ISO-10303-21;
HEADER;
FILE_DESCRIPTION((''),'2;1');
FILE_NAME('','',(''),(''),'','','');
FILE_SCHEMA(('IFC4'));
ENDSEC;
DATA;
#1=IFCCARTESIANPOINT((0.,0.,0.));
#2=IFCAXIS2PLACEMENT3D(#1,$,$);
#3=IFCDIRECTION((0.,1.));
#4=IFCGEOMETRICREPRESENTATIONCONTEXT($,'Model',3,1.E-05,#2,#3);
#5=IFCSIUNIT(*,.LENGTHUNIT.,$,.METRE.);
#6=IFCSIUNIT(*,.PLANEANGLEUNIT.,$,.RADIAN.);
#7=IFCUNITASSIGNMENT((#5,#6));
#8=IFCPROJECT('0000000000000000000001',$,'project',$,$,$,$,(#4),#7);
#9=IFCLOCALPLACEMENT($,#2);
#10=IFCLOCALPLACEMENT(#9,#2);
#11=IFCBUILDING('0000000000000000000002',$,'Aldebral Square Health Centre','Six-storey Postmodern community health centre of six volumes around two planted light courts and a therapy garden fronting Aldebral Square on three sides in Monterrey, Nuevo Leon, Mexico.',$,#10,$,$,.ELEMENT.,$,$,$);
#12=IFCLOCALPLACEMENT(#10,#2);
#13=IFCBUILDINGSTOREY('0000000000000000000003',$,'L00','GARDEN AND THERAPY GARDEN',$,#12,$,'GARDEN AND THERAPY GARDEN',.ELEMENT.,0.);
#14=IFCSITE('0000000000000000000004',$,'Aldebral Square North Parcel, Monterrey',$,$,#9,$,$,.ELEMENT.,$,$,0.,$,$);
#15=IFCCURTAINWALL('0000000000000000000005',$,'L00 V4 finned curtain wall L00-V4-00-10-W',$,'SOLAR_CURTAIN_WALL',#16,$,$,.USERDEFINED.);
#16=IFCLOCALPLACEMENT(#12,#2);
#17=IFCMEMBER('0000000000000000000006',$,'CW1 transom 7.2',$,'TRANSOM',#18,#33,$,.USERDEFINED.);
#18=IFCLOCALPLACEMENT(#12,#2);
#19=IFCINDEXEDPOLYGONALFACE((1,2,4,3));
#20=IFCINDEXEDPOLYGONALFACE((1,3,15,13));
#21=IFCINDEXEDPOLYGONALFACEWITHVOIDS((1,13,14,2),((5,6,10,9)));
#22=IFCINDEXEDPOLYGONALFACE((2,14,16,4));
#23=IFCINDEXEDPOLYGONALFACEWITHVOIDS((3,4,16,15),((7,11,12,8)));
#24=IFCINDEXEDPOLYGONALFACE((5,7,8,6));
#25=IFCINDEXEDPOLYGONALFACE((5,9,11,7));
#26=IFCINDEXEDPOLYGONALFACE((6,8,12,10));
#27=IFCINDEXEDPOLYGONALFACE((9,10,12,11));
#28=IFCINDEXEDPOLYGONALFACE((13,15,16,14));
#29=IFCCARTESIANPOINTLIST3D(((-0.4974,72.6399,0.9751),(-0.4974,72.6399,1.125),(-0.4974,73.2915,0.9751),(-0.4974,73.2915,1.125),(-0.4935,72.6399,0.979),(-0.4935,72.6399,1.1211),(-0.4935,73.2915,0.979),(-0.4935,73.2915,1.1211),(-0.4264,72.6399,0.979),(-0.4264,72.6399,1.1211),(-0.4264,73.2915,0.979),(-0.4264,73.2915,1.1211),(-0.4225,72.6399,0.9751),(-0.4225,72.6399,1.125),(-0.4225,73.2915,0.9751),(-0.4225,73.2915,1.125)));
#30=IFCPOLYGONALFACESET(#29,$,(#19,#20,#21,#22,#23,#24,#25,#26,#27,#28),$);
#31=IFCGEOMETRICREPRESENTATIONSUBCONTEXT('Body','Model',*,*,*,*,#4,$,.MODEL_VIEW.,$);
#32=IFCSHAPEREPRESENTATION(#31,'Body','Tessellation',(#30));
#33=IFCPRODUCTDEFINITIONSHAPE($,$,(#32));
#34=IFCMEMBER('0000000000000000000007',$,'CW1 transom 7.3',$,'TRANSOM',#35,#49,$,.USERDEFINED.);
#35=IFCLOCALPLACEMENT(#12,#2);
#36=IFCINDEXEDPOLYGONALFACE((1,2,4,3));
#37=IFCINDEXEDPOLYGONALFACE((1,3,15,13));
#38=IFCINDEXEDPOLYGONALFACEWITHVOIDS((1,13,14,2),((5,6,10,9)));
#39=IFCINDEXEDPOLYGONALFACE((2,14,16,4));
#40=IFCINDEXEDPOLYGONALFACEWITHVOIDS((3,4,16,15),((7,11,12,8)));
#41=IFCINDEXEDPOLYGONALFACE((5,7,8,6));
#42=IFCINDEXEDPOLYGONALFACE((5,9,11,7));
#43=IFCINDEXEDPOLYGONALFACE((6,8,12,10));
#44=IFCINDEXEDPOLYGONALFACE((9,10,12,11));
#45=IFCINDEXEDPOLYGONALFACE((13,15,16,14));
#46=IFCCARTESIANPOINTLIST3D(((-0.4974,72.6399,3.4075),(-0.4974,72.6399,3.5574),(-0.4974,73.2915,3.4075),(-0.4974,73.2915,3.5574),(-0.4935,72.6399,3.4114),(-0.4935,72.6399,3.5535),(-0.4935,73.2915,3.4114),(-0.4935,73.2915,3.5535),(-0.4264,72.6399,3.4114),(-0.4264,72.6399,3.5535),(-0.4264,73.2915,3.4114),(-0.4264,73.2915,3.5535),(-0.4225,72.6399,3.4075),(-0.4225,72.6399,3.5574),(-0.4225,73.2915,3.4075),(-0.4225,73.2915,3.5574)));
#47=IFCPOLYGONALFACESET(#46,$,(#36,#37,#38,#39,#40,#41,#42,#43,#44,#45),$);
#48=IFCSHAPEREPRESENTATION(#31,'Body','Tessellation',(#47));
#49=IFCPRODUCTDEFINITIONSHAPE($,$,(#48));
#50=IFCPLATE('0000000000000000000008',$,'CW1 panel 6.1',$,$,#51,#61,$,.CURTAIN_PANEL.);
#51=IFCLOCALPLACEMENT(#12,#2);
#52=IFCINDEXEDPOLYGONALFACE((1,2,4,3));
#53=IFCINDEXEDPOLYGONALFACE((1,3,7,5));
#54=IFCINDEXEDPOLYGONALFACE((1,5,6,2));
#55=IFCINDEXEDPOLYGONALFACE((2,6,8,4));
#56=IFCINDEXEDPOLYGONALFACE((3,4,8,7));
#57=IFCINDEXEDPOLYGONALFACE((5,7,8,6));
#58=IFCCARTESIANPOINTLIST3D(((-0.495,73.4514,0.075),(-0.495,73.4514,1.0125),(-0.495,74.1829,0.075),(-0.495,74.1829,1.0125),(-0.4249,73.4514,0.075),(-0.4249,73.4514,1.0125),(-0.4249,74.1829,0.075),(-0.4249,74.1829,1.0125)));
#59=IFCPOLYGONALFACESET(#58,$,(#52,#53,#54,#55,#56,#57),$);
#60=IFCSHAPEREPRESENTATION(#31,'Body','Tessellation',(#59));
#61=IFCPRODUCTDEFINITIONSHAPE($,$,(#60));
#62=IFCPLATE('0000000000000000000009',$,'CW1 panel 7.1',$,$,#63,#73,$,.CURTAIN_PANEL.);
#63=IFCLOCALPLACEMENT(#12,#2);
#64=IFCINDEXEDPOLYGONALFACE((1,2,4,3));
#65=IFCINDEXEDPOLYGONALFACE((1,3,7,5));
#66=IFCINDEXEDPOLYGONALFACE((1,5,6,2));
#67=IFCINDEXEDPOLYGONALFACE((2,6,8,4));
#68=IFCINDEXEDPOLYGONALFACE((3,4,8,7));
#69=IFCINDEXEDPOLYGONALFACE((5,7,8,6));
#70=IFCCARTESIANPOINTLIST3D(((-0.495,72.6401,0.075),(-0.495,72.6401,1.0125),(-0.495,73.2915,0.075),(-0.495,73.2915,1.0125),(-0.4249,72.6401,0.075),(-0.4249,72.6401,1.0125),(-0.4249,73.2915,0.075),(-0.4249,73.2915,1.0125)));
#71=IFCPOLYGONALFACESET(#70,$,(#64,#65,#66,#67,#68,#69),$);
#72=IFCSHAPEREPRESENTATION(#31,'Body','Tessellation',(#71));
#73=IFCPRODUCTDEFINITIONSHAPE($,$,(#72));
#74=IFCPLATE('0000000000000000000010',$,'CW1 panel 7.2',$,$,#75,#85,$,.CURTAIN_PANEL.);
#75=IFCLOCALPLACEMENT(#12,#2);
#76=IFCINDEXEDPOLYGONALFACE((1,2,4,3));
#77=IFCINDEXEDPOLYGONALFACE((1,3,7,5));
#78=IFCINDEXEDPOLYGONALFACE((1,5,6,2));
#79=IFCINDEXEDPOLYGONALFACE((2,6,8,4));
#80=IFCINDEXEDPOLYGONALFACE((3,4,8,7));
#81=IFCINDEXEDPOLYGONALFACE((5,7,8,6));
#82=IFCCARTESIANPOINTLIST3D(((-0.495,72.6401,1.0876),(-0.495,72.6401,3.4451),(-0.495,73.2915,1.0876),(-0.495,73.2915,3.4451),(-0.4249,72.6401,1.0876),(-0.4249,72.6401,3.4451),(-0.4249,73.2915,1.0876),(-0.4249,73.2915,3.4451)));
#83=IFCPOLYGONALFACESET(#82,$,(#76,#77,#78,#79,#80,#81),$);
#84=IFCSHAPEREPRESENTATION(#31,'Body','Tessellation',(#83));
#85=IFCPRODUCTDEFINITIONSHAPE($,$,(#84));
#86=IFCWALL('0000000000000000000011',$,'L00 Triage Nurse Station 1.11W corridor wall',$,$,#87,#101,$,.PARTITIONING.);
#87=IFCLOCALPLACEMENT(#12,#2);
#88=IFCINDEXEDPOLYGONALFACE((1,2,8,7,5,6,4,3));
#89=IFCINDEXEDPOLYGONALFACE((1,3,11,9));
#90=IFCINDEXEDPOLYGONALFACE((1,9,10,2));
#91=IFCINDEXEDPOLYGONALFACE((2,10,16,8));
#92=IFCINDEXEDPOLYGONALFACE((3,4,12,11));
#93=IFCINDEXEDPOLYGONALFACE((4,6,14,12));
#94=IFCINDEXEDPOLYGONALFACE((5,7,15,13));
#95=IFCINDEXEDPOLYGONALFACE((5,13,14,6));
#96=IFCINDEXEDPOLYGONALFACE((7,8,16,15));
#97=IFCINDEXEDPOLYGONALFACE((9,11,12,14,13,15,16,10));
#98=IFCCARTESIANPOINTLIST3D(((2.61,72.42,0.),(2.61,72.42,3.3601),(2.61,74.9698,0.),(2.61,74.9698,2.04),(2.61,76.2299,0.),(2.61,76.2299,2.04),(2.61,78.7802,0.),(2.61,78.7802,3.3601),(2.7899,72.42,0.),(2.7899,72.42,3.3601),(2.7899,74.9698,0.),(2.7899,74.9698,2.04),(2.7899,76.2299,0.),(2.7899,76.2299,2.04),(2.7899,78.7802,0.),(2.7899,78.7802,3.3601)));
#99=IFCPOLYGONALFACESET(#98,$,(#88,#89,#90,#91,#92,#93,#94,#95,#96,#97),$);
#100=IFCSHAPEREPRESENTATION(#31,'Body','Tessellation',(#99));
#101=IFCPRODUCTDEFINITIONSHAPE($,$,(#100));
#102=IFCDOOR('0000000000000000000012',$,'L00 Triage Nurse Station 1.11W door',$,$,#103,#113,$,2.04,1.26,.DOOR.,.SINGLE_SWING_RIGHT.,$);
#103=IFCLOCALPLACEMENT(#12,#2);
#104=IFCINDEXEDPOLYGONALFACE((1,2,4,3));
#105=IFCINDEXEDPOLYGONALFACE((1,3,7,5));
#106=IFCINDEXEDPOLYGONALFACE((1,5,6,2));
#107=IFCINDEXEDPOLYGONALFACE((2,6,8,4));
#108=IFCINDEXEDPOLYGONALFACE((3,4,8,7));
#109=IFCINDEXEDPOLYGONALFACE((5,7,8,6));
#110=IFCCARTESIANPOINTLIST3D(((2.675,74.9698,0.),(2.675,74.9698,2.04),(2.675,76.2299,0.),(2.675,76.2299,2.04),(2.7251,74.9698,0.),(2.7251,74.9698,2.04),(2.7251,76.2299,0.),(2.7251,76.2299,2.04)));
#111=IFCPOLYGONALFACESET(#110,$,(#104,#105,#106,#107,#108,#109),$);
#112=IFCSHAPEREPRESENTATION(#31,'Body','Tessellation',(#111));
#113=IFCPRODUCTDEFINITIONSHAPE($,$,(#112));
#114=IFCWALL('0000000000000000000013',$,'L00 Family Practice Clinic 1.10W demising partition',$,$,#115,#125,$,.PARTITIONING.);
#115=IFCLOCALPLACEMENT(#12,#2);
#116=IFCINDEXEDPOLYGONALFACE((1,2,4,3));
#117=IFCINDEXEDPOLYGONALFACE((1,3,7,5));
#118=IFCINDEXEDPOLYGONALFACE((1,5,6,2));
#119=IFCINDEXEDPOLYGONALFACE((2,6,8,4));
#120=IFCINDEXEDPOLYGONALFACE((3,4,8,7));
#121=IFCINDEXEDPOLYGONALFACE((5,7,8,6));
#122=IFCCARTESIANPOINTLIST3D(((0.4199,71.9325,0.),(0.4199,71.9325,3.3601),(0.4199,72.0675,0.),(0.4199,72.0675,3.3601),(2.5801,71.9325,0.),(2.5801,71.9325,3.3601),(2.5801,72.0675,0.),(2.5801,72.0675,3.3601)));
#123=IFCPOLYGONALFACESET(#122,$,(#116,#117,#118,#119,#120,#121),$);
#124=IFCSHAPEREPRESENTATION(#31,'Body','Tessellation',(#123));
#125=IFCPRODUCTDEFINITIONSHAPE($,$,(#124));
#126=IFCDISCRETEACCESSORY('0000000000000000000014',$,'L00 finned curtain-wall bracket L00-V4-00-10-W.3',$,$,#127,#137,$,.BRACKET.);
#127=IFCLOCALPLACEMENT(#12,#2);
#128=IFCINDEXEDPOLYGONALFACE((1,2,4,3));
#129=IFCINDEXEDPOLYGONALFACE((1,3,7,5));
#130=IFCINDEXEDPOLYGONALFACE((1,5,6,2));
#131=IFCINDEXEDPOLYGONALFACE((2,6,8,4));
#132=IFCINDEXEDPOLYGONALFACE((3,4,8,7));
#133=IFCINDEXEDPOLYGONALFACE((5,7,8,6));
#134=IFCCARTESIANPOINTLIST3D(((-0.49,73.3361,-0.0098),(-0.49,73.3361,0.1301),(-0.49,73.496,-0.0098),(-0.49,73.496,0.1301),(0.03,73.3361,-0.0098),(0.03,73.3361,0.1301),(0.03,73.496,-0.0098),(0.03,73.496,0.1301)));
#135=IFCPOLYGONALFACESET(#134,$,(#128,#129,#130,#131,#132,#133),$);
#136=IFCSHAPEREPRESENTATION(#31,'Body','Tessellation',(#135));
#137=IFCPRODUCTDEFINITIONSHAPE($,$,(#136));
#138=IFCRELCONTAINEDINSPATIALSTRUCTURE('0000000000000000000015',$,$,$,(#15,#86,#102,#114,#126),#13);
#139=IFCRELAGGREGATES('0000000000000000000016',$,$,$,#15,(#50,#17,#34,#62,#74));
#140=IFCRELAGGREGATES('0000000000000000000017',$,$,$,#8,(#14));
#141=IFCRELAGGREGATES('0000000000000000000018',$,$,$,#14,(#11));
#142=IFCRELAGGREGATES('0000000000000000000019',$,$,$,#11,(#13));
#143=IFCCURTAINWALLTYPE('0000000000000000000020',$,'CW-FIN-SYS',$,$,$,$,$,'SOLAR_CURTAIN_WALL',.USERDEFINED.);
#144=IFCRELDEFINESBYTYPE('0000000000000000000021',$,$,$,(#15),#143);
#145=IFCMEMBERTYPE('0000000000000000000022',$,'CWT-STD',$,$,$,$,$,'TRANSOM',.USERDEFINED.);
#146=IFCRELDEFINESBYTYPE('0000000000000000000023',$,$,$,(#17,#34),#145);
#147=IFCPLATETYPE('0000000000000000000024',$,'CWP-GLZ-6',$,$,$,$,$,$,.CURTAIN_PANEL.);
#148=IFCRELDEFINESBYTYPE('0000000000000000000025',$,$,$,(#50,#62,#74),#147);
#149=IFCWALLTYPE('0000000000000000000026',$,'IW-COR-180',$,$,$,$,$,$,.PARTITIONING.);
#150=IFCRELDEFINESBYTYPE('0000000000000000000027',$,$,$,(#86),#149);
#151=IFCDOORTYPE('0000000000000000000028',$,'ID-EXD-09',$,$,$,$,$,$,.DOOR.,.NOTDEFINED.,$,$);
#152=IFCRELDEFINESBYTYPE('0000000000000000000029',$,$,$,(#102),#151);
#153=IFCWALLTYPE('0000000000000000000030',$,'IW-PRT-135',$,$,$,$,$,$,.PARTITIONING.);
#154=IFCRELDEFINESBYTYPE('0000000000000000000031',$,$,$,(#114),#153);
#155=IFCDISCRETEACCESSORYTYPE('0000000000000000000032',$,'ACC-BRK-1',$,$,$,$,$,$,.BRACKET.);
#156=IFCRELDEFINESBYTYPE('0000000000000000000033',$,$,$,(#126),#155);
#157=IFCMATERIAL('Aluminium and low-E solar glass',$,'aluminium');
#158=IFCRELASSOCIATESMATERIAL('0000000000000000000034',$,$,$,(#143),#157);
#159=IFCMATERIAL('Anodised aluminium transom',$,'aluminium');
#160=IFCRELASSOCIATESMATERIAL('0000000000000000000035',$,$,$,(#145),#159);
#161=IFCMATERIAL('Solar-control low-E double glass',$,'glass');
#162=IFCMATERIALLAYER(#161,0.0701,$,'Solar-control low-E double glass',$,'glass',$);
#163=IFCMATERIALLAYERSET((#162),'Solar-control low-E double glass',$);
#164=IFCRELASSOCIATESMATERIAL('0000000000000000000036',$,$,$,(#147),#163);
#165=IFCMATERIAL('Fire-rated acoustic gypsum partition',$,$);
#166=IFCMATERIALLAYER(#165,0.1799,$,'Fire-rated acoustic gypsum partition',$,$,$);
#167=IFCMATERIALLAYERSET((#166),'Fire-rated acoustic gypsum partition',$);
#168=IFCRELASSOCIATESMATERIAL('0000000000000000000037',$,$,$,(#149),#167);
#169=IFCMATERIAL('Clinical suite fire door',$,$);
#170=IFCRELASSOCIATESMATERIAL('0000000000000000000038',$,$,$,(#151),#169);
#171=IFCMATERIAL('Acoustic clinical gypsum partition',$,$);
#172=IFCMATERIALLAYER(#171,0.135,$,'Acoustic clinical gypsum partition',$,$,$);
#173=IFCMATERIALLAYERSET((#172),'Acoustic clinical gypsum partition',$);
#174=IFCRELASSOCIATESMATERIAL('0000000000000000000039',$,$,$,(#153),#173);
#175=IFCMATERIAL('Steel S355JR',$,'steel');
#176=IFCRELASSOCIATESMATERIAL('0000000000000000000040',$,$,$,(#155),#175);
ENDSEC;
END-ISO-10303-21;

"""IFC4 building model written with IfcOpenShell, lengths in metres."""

from ifc_helpers import new_model, si_unit, direction, frame, frame_2d, origin, origin_2d, place, context, subcontext, project, spatial, rectangle, hollow_rectangle, extrude, material, layer, layer_set, material_profile, profile_set, type_object, element, fill, aggregate, save


model = new_model("IFC4")

# Units and contexts
model_context = context("Model", 3, precision=1e-05, world=origin(), true_north=direction((0.0, 1.0)))
body_context = subcontext(model_context, "Body", "Model", "MODEL_VIEW")
ifc_project = project(units=[si_unit("LENGTHUNIT", "METRE"), si_unit("PLANEANGLEUNIT", "RADIAN")], contexts=[model_context])

# Site, building, storey
site_placement = place(None, origin())
site = spatial("IfcSite", under=ifc_project, at=site_placement, Name="Aldebral Square North Parcel, Monterrey", CompositionType="ELEMENT", RefElevation=0.0)
building_placement = place(site_placement, origin())
building = spatial("IfcBuilding", under=site, at=building_placement, Name="Aldebral Square Health Centre", Description="Six-storey Postmodern community health centre of six volumes around two planted light courts and a therapy garden fronting Aldebral Square on three sides in Monterrey, Nuevo Leon, Mexico.", CompositionType="ELEMENT")
storey_placement = place(building_placement, origin())
storey = spatial("IfcBuildingStorey", under=building, at=storey_placement, Name="L00", Description="GARDEN AND THERAPY GARDEN", LongName="GARDEN AND THERAPY GARDEN", CompositionType="ELEMENT", Elevation=0.0)

# Curtain wall, members, plates
ifc_material_1 = material(Name="Aluminium and low-E solar glass", Category="aluminium")
curtain_wall_type = type_object("IfcCurtainWallType", Name="CW-FIN-SYS", ElementType="SOLAR_CURTAIN_WALL", PredefinedType="USERDEFINED", material=ifc_material_1)
curtain_wall_placement = place(storey_placement, origin())
curtain_wall = element("IfcCurtainWall", 1, at=curtain_wall_placement, inside=storey, type_object=curtain_wall_type, Name="L00 V4 finned curtain wall L00-V4-00-10-W", ObjectType="SOLAR_CURTAIN_WALL", PredefinedType="USERDEFINED")
ifc_material_2 = material(Name="Anodised aluminium transom", Category="aluminium")
ifc_material_profile_1 = material_profile(ifc_material_2, hollow_rectangle(XDim=0.075, YDim=0.1499, WallThickness=0.0039, at=origin_2d()), Name="CWT 75x150x4")
ifc_profile_set_1 = profile_set([ifc_material_profile_1], Name="Anodised aluminium transom")
member_type_1 = type_object("IfcMemberType", Name="CWT-STD", ElementType="TRANSOM", PredefinedType="USERDEFINED", material=ifc_profile_set_1)
member_1_placement = place(storey_placement, frame((-0.46, 73.2915, 1.05), z_axis=(0.0, -1.0, 0.0), x_axis=(1.0, 0.0, 0.0)))
member_1 = element("IfcMember", 2, at=member_1_placement, type_object=member_type_1, Name="CW1 transom 7.2", ObjectType="TRANSOM", PredefinedType="USERDEFINED", context=body_context, shape_type="SweptSolid", body=[
    extrude(hollow_rectangle(XDim=0.075, YDim=0.1499, WallThickness=0.0039, at=origin_2d()), origin(), (0.0, 0.0, 1.0), 0.6516),
])
member_2_placement = place(storey_placement, frame((-0.46, 73.2915, 3.4824), z_axis=(0.0, -1.0, 0.0), x_axis=(1.0, 0.0, 0.0)))
member_2 = element("IfcMember", 3, at=member_2_placement, type_object=member_type_1, Name="CW1 transom 7.3", ObjectType="TRANSOM", PredefinedType="USERDEFINED", context=body_context, shape_type="SweptSolid", body=[
    extrude(hollow_rectangle(XDim=0.075, YDim=0.1499, WallThickness=0.0039, at=origin_2d()), origin(), (0.0, 0.0, 1.0), 0.6516),
])
ifc_material_3 = material(Name="Solar-control low-E double glass", Category="glass")
ifc_layer_1 = layer(ifc_material_3, 0.0701, Name="Solar-control low-E double glass", Category="glass")
ifc_layer_set_1 = layer_set([ifc_layer_1], Name="Solar-control low-E double glass")
plate_type = type_object("IfcPlateType", Name="CWP-GLZ-6", PredefinedType="CURTAIN_PANEL", material=ifc_layer_set_1)
plate_1_placement = place(storey_placement, frame((-0.46, 73.8171, 0.075), z_axis=(0.0, 0.0, 1.0), x_axis=(0.0, -1.0, 0.0)))
plate_1 = element("IfcPlate", 4, at=plate_1_placement, type_object=plate_type, Name="CW1 panel 6.1", PredefinedType="CURTAIN_PANEL", context=body_context, shape_type="SweptSolid", body=[
    extrude(rectangle(XDim=0.7314, YDim=0.0701, at=origin_2d()), origin(), (0.0, 0.0, 1.0), 0.9375),
])
plate_2_placement = place(storey_placement, frame((-0.46, 72.9658, 0.075), z_axis=(0.0, 0.0, 1.0), x_axis=(0.0, -1.0, 0.0)))
plate_2 = element("IfcPlate", 5, at=plate_2_placement, type_object=plate_type, Name="CW1 panel 7.1", PredefinedType="CURTAIN_PANEL", context=body_context, shape_type="SweptSolid", body=[
    extrude(rectangle(XDim=0.6514, YDim=0.0701, at=origin_2d()), origin(), (0.0, 0.0, 1.0), 0.9375),
])
plate_3_placement = place(storey_placement, frame((-0.46, 72.9658, 1.0876), z_axis=(0.0, 0.0, 1.0), x_axis=(0.0, -1.0, 0.0)))
plate_3 = element("IfcPlate", 6, at=plate_3_placement, type_object=plate_type, Name="CW1 panel 7.2", PredefinedType="CURTAIN_PANEL", context=body_context, shape_type="SweptSolid", body=[
    extrude(rectangle(XDim=0.6514, YDim=0.0701, at=origin_2d()), origin(), (0.0, 0.0, 1.0), 2.3574),
])
aggregate(curtain_wall, [plate_1, member_1, member_2, plate_2, plate_3])

# Wall, opening, door
ifc_material_4 = material(Name="Fire-rated acoustic gypsum partition")
ifc_layer_2 = layer(ifc_material_4, 0.1799, Name="Fire-rated acoustic gypsum partition")
ifc_layer_set_2 = layer_set([ifc_layer_2], Name="Fire-rated acoustic gypsum partition")
wall_type_1 = type_object("IfcWallType", Name="IW-COR-180", PredefinedType="PARTITIONING", material=ifc_layer_set_2)
wall_1_placement = place(storey_placement, frame((2.7, 72.4199, 0.0), z_axis=(0.0, 0.0, 1.0), x_axis=(0.0, 1.0, 0.0)))
wall_1 = element("IfcWall", 7, at=wall_1_placement, inside=storey, type_object=wall_type_1, Name="L00 Triage Nurse Station 1.11W corridor wall", PredefinedType="PARTITIONING", context=body_context, shape_type="SweptSolid", body=[
    extrude(rectangle(XDim=6.3601, YDim=0.1799, at=frame_2d((3.1802, 0.0))), origin(), (0.0, 0.0, 1.0), 3.3601),
])
opening_placement = place(wall_1_placement, frame((2.55, 0.0, 0.0)))
opening = element("IfcOpeningElement", 8, at=opening_placement, cuts=wall_1, PredefinedType="OPENING", context=body_context, shape_type="SweptSolid", body=[
    extrude(rectangle(XDim=1.26, YDim=2.04, at=frame_2d((0.6299, 1.02))), frame((0.0, 0.1001, 0.0), z_axis=(0.0, -1.0, 0.0), x_axis=(1.0, 0.0, 0.0)), (0.0, 0.0, 1.0), 0.2),
])
ifc_material_5 = material(Name="Clinical suite fire door")
door_type = type_object("IfcDoorType", Name="ID-EXD-09", OperationType="NOTDEFINED", PredefinedType="DOOR", material=ifc_material_5)
door_placement = place(opening_placement, origin())
door = element("IfcDoor", 9, at=door_placement, inside=storey, type_object=door_type, Name="L00 Triage Nurse Station 1.11W door", OperationType="SINGLE_SWING_RIGHT", OverallHeight=2.04, OverallWidth=1.26, PredefinedType="DOOR", context=body_context, shape_type="SweptSolid", body=[
    extrude(rectangle(XDim=1.26, YDim=2.04, at=frame_2d((0.6299, 1.02))), frame((0.0, 0.0249, 0.0), z_axis=(0.0, -1.0, 0.0), x_axis=(1.0, 0.0, 0.0)), (0.0, 0.0, 1.0), 0.05),
])
fill(opening, door)

# Wall
ifc_material_6 = material(Name="Acoustic clinical gypsum partition")
ifc_layer_3 = layer(ifc_material_6, 0.135, Name="Acoustic clinical gypsum partition")
ifc_layer_set_3 = layer_set([ifc_layer_3], Name="Acoustic clinical gypsum partition")
wall_type_2 = type_object("IfcWallType", Name="IW-PRT-135", PredefinedType="PARTITIONING", material=ifc_layer_set_3)
wall_2_placement = place(storey_placement, frame((0.4199, 72.0, 0.0), z_axis=(0.0, 0.0, 1.0), x_axis=(1.0, 0.0, 0.0)))
element("IfcWall", 10, at=wall_2_placement, inside=storey, type_object=wall_type_2, Name="L00 Family Practice Clinic 1.10W demising partition", PredefinedType="PARTITIONING", context=body_context, shape_type="SweptSolid", body=[
    extrude(rectangle(XDim=2.1602, YDim=0.135, at=frame_2d((1.0801, 0.0))), origin(), (0.0, 0.0, 1.0), 3.3601),
])

# Discrete accessory
ifc_material_7 = material(Name="Steel S355JR", Category="steel")
discrete_accessory_type = type_object("IfcDiscreteAccessoryType", Name="ACC-BRK-1", PredefinedType="BRACKET", material=ifc_material_7)
discrete_accessory_placement = place(storey_placement, frame((-0.23, 73.416, -0.0098), z_axis=(0.0, 0.0, 1.0), x_axis=(0.0, 1.0, 0.0)))
element("IfcDiscreteAccessory", 11, at=discrete_accessory_placement, inside=storey, type_object=discrete_accessory_type, Name="L00 finned curtain-wall bracket L00-V4-00-10-W.3", PredefinedType="BRACKET", context=body_context, shape_type="SweptSolid", body=[
    extrude(rectangle(XDim=0.1599, YDim=0.52, at=origin_2d()), origin(), (0.0, 0.0, 1.0), 0.1399),
])

save(model, "model.ifc")
